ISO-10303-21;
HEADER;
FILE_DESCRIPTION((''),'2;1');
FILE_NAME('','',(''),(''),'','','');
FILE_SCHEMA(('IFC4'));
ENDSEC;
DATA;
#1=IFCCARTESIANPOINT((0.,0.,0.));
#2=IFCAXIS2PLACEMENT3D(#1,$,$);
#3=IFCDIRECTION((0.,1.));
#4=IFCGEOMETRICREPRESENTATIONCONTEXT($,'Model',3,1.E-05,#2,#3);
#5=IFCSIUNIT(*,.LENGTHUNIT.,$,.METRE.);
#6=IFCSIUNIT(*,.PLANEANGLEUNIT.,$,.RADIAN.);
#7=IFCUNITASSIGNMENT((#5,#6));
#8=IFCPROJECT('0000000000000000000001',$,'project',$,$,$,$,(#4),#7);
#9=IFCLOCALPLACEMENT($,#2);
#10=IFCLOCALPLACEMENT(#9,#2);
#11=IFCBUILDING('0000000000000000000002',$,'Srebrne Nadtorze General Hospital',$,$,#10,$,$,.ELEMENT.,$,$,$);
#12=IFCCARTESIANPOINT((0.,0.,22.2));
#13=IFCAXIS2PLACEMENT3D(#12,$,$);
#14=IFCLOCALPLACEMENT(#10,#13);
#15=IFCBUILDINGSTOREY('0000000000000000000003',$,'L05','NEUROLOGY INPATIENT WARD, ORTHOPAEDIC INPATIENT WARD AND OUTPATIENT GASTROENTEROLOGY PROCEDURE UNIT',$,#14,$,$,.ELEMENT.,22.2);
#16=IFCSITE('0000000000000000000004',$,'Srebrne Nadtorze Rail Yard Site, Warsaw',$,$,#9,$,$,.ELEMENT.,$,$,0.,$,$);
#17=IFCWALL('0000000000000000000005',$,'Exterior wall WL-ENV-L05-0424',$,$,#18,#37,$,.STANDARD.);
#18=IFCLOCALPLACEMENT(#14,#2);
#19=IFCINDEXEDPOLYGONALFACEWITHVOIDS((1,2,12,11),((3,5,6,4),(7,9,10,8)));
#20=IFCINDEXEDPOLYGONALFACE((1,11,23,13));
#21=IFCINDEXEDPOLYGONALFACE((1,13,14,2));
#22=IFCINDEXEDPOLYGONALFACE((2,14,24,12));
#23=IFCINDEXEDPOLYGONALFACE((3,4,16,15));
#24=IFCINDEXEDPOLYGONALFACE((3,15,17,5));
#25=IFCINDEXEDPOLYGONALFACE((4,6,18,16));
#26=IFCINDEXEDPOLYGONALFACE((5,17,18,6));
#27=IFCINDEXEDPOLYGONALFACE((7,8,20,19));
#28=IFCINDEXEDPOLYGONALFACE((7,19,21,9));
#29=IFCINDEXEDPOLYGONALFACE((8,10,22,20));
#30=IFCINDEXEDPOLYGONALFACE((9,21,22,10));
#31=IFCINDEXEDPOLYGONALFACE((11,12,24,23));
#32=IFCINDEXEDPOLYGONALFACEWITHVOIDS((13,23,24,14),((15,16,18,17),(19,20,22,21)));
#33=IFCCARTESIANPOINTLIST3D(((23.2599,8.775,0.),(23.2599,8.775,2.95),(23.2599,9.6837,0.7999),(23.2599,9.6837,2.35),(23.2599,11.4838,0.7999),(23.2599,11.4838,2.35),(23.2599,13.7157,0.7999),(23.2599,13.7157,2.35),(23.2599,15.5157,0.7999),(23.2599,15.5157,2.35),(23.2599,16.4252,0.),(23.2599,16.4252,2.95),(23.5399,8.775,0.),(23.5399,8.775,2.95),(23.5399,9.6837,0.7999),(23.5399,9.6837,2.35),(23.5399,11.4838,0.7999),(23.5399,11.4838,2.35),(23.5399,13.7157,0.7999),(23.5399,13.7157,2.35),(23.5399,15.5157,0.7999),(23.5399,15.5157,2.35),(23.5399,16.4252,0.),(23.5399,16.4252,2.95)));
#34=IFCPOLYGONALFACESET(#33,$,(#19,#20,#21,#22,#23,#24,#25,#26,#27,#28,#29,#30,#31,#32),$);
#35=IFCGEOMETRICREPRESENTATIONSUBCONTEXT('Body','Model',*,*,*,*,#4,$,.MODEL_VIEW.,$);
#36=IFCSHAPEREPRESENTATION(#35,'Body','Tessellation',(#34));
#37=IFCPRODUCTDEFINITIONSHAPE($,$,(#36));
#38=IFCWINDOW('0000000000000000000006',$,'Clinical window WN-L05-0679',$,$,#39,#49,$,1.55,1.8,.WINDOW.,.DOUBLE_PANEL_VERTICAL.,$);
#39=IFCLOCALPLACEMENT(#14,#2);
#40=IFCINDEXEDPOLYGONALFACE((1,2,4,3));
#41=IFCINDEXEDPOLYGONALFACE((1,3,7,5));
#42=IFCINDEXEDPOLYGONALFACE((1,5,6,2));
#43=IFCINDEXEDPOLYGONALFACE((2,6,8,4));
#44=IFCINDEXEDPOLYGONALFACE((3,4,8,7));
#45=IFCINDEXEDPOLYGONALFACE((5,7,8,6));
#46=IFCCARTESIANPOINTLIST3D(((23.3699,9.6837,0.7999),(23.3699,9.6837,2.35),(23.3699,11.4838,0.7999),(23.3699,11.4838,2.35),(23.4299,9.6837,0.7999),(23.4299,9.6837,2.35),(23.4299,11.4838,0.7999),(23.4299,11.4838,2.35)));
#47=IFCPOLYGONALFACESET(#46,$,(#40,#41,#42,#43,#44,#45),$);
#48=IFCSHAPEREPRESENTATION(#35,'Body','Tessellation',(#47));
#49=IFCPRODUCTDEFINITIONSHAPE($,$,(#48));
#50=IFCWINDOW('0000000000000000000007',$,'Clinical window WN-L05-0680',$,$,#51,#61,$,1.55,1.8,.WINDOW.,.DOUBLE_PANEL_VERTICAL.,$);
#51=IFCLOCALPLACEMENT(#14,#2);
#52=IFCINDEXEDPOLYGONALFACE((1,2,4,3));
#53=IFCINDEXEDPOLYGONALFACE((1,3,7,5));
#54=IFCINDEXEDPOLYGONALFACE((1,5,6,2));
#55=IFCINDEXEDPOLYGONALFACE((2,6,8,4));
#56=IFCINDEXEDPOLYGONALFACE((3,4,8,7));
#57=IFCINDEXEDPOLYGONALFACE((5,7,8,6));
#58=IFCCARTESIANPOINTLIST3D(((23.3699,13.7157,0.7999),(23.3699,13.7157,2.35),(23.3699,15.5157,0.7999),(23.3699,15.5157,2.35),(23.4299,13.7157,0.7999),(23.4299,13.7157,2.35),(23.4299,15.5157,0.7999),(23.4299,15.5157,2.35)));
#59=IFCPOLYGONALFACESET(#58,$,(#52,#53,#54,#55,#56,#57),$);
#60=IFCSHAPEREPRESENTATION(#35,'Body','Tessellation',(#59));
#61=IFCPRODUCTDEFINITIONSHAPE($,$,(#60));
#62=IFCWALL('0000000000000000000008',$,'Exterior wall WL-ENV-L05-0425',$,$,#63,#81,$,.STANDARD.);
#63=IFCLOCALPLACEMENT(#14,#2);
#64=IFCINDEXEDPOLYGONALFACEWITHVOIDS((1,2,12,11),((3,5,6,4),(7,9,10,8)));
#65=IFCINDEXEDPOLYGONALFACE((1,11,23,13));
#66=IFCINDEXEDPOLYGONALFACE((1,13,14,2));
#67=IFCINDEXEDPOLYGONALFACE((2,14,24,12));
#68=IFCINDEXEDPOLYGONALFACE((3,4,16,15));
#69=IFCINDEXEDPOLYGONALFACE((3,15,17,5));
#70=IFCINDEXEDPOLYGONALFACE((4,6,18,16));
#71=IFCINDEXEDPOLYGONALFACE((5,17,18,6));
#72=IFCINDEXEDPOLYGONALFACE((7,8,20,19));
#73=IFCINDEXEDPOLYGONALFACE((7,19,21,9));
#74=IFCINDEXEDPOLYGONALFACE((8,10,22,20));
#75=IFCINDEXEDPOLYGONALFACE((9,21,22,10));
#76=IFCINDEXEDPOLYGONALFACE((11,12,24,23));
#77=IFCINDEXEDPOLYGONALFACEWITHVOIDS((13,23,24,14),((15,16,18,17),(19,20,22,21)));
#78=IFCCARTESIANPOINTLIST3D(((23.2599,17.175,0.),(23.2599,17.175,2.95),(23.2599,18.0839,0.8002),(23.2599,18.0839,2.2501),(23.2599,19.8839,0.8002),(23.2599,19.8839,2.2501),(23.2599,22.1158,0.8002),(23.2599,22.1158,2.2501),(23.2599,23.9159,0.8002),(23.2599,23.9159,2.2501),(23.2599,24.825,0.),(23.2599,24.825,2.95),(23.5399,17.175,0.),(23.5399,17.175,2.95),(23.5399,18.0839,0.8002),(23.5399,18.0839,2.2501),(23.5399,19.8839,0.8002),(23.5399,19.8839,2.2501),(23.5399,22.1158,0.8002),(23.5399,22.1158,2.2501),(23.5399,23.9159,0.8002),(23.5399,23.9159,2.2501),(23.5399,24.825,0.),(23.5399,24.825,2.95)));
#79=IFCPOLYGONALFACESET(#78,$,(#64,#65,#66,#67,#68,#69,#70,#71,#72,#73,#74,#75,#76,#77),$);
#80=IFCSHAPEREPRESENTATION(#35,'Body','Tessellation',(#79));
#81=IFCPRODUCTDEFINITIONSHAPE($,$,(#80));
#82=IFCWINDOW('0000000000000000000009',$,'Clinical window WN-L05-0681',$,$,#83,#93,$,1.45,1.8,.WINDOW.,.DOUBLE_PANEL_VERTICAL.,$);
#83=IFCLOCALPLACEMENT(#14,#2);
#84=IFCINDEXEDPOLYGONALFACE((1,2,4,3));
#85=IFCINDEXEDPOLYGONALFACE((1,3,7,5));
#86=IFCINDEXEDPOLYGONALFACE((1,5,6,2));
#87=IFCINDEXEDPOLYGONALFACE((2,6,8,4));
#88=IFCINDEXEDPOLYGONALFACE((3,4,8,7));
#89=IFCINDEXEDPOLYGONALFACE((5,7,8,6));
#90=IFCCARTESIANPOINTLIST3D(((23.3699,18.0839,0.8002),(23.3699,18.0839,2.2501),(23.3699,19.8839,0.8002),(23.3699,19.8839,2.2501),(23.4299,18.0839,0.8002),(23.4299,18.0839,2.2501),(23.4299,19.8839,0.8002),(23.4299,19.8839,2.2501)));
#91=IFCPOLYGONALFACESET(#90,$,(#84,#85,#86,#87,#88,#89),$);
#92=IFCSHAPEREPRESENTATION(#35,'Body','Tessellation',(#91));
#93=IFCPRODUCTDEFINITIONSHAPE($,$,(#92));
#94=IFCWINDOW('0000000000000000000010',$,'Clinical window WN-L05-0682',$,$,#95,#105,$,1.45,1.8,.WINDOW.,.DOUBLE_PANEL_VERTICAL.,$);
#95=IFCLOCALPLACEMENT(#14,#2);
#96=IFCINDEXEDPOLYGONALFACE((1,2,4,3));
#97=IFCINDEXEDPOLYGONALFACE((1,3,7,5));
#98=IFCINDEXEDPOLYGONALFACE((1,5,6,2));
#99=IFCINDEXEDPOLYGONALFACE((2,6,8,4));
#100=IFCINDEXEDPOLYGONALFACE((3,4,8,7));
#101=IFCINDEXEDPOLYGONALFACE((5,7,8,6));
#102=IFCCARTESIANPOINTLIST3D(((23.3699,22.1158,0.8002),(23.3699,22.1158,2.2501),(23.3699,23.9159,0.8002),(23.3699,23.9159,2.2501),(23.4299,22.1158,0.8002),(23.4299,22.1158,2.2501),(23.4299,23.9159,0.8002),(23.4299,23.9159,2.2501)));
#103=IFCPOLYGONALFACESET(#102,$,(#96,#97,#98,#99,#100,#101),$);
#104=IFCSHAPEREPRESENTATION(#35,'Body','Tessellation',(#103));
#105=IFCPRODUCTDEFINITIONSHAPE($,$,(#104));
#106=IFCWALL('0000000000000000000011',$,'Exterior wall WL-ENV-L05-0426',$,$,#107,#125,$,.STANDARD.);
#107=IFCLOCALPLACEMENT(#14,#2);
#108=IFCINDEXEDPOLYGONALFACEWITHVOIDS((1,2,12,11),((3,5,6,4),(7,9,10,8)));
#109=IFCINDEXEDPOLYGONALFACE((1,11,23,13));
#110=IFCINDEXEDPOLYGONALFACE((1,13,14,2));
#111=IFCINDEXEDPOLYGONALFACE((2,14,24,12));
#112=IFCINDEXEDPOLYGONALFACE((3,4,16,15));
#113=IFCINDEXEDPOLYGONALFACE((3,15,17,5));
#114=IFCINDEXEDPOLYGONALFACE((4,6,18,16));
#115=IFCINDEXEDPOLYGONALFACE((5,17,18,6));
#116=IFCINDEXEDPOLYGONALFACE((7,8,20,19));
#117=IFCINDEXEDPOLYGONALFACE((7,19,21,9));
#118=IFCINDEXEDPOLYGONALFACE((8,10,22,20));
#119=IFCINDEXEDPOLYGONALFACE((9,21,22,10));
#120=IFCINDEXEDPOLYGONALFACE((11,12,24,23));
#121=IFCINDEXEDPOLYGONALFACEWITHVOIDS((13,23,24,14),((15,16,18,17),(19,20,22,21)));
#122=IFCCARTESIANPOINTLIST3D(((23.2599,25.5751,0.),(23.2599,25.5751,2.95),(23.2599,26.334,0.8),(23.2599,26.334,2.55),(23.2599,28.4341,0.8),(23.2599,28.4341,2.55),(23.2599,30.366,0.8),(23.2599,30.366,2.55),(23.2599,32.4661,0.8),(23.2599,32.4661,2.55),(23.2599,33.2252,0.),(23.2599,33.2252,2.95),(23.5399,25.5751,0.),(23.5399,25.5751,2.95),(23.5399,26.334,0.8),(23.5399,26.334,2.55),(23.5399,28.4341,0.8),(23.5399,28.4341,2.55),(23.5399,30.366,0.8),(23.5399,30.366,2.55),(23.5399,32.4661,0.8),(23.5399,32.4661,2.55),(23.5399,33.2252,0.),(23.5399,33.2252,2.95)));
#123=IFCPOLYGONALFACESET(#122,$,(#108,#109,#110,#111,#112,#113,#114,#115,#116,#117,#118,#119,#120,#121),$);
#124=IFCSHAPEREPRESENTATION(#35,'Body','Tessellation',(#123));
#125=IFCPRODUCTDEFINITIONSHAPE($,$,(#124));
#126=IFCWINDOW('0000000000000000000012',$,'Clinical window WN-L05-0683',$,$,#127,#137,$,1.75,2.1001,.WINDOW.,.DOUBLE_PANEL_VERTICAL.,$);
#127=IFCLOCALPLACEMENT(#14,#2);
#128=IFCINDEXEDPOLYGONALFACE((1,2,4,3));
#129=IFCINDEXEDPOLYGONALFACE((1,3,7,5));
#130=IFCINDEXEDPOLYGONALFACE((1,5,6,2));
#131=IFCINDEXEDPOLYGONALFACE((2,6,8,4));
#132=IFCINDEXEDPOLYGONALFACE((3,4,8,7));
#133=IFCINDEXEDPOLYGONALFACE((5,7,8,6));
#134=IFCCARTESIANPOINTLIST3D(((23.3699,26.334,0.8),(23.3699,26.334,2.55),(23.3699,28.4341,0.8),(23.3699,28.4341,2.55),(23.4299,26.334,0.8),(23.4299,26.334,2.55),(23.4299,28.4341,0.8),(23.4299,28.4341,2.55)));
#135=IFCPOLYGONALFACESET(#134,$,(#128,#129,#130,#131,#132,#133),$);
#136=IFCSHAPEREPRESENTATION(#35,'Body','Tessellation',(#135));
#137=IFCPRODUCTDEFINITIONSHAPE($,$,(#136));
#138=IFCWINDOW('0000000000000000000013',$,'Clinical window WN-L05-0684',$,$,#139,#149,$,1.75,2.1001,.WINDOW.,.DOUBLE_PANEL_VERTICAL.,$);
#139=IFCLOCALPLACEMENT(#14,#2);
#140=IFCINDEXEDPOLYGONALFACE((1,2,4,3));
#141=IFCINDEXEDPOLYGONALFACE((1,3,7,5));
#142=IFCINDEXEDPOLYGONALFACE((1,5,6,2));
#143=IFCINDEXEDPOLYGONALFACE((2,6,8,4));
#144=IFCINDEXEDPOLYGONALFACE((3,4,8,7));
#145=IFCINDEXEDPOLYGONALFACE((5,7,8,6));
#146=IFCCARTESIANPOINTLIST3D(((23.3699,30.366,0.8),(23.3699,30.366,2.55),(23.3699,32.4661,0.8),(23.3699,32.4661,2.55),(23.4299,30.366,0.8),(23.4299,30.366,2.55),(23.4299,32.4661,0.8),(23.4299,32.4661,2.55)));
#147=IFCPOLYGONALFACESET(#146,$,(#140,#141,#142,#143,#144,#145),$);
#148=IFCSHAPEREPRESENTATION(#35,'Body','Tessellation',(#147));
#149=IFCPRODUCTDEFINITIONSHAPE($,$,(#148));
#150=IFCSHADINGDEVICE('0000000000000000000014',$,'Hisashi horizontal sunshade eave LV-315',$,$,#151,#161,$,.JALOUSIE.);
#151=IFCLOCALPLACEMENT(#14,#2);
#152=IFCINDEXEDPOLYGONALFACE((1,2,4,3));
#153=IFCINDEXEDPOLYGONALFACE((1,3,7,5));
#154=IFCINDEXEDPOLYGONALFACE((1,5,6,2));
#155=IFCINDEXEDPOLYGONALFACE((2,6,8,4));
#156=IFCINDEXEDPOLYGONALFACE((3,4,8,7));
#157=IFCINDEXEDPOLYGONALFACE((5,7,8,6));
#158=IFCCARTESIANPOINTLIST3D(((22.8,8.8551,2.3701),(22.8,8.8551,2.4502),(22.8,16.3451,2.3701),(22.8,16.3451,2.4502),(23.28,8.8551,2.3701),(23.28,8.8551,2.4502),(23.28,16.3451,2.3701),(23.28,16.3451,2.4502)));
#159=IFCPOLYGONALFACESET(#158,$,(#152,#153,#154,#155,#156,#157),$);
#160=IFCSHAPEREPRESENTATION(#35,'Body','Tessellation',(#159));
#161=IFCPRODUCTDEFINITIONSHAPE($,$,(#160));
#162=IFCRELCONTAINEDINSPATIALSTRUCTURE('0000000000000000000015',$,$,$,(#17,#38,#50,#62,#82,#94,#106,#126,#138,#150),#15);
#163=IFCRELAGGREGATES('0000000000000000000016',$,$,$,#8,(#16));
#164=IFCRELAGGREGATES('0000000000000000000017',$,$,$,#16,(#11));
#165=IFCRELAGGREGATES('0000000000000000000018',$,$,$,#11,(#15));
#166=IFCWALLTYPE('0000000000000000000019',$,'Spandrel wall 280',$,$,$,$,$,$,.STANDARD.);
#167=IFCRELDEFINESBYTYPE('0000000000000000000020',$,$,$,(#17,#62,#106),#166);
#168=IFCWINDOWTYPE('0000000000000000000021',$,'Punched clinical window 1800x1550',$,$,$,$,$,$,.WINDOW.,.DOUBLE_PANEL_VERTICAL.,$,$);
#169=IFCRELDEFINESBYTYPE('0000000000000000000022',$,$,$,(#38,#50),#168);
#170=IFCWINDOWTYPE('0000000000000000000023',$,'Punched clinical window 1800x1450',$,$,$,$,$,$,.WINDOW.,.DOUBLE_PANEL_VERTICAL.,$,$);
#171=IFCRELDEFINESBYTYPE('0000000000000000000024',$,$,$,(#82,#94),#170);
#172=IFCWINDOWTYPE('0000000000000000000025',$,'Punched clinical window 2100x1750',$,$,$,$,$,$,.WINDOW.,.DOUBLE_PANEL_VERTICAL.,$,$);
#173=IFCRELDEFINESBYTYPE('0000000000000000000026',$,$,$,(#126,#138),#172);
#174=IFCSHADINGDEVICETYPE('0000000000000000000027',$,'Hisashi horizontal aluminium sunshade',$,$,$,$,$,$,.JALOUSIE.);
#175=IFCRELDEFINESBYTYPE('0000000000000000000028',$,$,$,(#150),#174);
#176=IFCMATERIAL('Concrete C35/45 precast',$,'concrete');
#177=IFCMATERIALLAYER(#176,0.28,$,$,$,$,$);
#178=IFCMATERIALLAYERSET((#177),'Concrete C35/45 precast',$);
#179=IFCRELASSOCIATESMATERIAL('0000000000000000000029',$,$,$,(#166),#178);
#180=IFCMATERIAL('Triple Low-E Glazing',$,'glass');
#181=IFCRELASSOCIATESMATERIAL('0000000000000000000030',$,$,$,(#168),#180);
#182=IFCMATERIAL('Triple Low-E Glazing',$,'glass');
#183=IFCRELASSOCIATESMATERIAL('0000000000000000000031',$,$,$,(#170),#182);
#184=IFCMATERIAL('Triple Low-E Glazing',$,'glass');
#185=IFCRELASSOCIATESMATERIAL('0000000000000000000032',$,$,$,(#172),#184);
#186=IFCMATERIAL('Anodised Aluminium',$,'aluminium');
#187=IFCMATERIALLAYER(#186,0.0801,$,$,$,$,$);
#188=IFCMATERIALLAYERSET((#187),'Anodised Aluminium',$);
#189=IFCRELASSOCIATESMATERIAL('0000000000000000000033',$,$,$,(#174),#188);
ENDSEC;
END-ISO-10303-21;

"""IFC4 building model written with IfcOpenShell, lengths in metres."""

from ifc_helpers import new_model, si_unit, direction, frame, frame_2d, origin, origin_2d, place, context, subcontext, project, spatial, rectangle, extrude, material, layer, layer_set, type_object, element, fill, save


model = new_model("IFC4")

# Units and contexts
model_context = context("Model", 3, precision=1e-05, world=origin(), true_north=direction((0.0, 1.0)))
body_context = subcontext(model_context, "Body", "Model", "MODEL_VIEW")
ifc_project = project(units=[si_unit("LENGTHUNIT", "METRE"), si_unit("PLANEANGLEUNIT", "RADIAN")], contexts=[model_context])

# Site, building, storey
site_placement = place(None, origin())
site = spatial("IfcSite", under=ifc_project, at=site_placement, Name="Srebrne Nadtorze Rail Yard Site, Warsaw", CompositionType="ELEMENT", RefElevation=0.0)
building_placement = place(site_placement, origin())
building = spatial("IfcBuilding", under=site, at=building_placement, Name="Srebrne Nadtorze General Hospital", CompositionType="ELEMENT")
storey_placement = place(building_placement, frame((0.0, 0.0, 22.2)))
storey = spatial("IfcBuildingStorey", under=building, at=storey_placement, Name="L05", Description="NEUROLOGY INPATIENT WARD, ORTHOPAEDIC INPATIENT WARD AND OUTPATIENT GASTROENTEROLOGY PROCEDURE UNIT", CompositionType="ELEMENT", Elevation=22.2)

# Walls, openings, windows
ifc_material_1 = material(Name="Concrete C35/45 precast", Category="concrete")
ifc_layer_1 = layer(ifc_material_1, 0.28)
ifc_layer_set_1 = layer_set([ifc_layer_1], Name="Concrete C35/45 precast")
wall_type_1 = type_object("IfcWallType", Name="Spandrel wall 280", PredefinedType="STANDARD", material=ifc_layer_set_1)
wall_1_placement = place(storey_placement, frame((23.3999, 8.7749, 0.0), z_axis=(0.0, 0.0, 1.0), x_axis=(0.0, 1.0, 0.0)))
wall_1 = element("IfcWall", 1, at=wall_1_placement, inside=storey, type_object=wall_type_1, Name="Exterior wall WL-ENV-L05-0424", PredefinedType="STANDARD", context=body_context, shape_type="SweptSolid", body=[
    extrude(rectangle(XDim=7.6501, YDim=0.28, at=frame_2d((3.8252, 0.0))), origin(), (0.0, 0.0, 1.0), 2.95),
])
opening_1_placement = place(wall_1_placement, frame((0.9089, 0.0, 0.8)))
opening_1 = element("IfcOpeningElement", 2, at=opening_1_placement, cuts=wall_1, PredefinedType="OPENING", context=body_context, shape_type="SweptSolid", body=[
    extrude(rectangle(XDim=1.8, YDim=1.55, at=frame_2d((0.8999, 0.7749))), frame((0.0, 0.1519, 0.0), z_axis=(0.0, -1.0, 0.0), x_axis=(1.0, 0.0, 0.0)), (0.0, 0.0, 1.0), 0.304),
])
opening_2_placement = place(wall_1_placement, frame((4.9409, 0.0, 0.8)))
opening_2 = element("IfcOpeningElement", 3, at=opening_2_placement, cuts=wall_1, PredefinedType="OPENING", context=body_context, shape_type="SweptSolid", body=[
    extrude(rectangle(XDim=1.8, YDim=1.55, at=frame_2d((0.8999, 0.7749))), frame((0.0, 0.1519, 0.0), z_axis=(0.0, -1.0, 0.0), x_axis=(1.0, 0.0, 0.0)), (0.0, 0.0, 1.0), 0.304),
])
ifc_material_2 = material(Name="Triple Low-E Glazing", Category="glass")
window_type_1 = type_object("IfcWindowType", Name="Punched clinical window 1800x1550", PartitioningType="DOUBLE_PANEL_VERTICAL", PredefinedType="WINDOW", material=ifc_material_2)
window_1_placement = place(opening_1_placement, origin())
window_1 = element("IfcWindow", 4, at=window_1_placement, inside=storey, type_object=window_type_1, Name="Clinical window WN-L05-0679", OverallHeight=1.55, OverallWidth=1.8, PartitioningType="DOUBLE_PANEL_VERTICAL", PredefinedType="WINDOW", context=body_context, shape_type="SweptSolid", body=[
    extrude(rectangle(XDim=1.8, YDim=1.55, at=frame_2d((0.8999, 0.7749))), frame((0.0, 0.03, 0.0), z_axis=(0.0, -1.0, 0.0), x_axis=(1.0, 0.0, 0.0)), (0.0, 0.0, 1.0), 0.0601),
])
fill(opening_1, window_1)
window_2_placement = place(opening_2_placement, origin())
window_2 = element("IfcWindow", 5, at=window_2_placement, inside=storey, type_object=window_type_1, Name="Clinical window WN-L05-0680", OverallHeight=1.55, OverallWidth=1.8, PartitioningType="DOUBLE_PANEL_VERTICAL", PredefinedType="WINDOW", context=body_context, shape_type="SweptSolid", body=[
    extrude(rectangle(XDim=1.8, YDim=1.55, at=frame_2d((0.8999, 0.7749))), frame((0.0, 0.03, 0.0), z_axis=(0.0, -1.0, 0.0), x_axis=(1.0, 0.0, 0.0)), (0.0, 0.0, 1.0), 0.0601),
])
fill(opening_2, window_2)
wall_2_placement = place(storey_placement, frame((23.3999, 17.175, 0.0), z_axis=(0.0, 0.0, 1.0), x_axis=(0.0, 1.0, 0.0)))
wall_2 = element("IfcWall", 6, at=wall_2_placement, inside=storey, type_object=wall_type_1, Name="Exterior wall WL-ENV-L05-0425", PredefinedType="STANDARD", context=body_context, shape_type="SweptSolid", body=[
    extrude(rectangle(XDim=7.6499, YDim=0.28, at=frame_2d((3.825, 0.0))), origin(), (0.0, 0.0, 1.0), 2.95),
])
opening_3_placement = place(wall_2_placement, frame((0.9089, 0.0, 0.8)))
opening_3 = element("IfcOpeningElement", 7, at=opening_3_placement, cuts=wall_2, PredefinedType="OPENING", context=body_context, shape_type="SweptSolid", body=[
    extrude(rectangle(XDim=1.8, YDim=1.45, at=frame_2d((0.8999, 0.7251))), frame((0.0, 0.1519, 0.0), z_axis=(0.0, -1.0, 0.0), x_axis=(1.0, 0.0, 0.0)), (0.0, 0.0, 1.0), 0.304),
])
opening_4_placement = place(wall_2_placement, frame((4.9409, 0.0, 0.8)))
opening_4 = element("IfcOpeningElement", 8, at=opening_4_placement, cuts=wall_2, PredefinedType="OPENING", context=body_context, shape_type="SweptSolid", body=[
    extrude(rectangle(XDim=1.8, YDim=1.45, at=frame_2d((0.8999, 0.7251))), frame((0.0, 0.1519, 0.0), z_axis=(0.0, -1.0, 0.0), x_axis=(1.0, 0.0, 0.0)), (0.0, 0.0, 1.0), 0.304),
])
ifc_material_3 = material(Name="Triple Low-E Glazing", Category="glass")
window_type_2 = type_object("IfcWindowType", Name="Punched clinical window 1800x1450", PartitioningType="DOUBLE_PANEL_VERTICAL", PredefinedType="WINDOW", material=ifc_material_3)
window_3_placement = place(opening_3_placement, origin())
window_3 = element("IfcWindow", 9, at=window_3_placement, inside=storey, type_object=window_type_2, Name="Clinical window WN-L05-0681", OverallHeight=1.45, OverallWidth=1.8, PartitioningType="DOUBLE_PANEL_VERTICAL", PredefinedType="WINDOW", context=body_context, shape_type="SweptSolid", body=[
    extrude(rectangle(XDim=1.8, YDim=1.45, at=frame_2d((0.8999, 0.7251))), frame((0.0, 0.03, 0.0), z_axis=(0.0, -1.0, 0.0), x_axis=(1.0, 0.0, 0.0)), (0.0, 0.0, 1.0), 0.0601),
])
fill(opening_3, window_3)
window_4_placement = place(opening_4_placement, origin())
window_4 = element("IfcWindow", 10, at=window_4_placement, inside=storey, type_object=window_type_2, Name="Clinical window WN-L05-0682", OverallHeight=1.45, OverallWidth=1.8, PartitioningType="DOUBLE_PANEL_VERTICAL", PredefinedType="WINDOW", context=body_context, shape_type="SweptSolid", body=[
    extrude(rectangle(XDim=1.8, YDim=1.45, at=frame_2d((0.8999, 0.7251))), frame((0.0, 0.03, 0.0), z_axis=(0.0, -1.0, 0.0), x_axis=(1.0, 0.0, 0.0)), (0.0, 0.0, 1.0), 0.0601),
])
fill(opening_4, window_4)
wall_3_placement = place(storey_placement, frame((23.3999, 25.575, 0.0), z_axis=(0.0, 0.0, 1.0), x_axis=(0.0, 1.0, 0.0)))
wall_3 = element("IfcWall", 11, at=wall_3_placement, inside=storey, type_object=wall_type_1, Name="Exterior wall WL-ENV-L05-0426", PredefinedType="STANDARD", context=body_context, shape_type="SweptSolid", body=[
    extrude(rectangle(XDim=7.6501, YDim=0.28, at=frame_2d((3.8252, 0.0))), origin(), (0.0, 0.0, 1.0), 2.95),
])
opening_5_placement = place(wall_3_placement, frame((0.759, 0.0, 0.8)))
opening_5 = element("IfcOpeningElement", 12, at=opening_5_placement, cuts=wall_3, PredefinedType="OPENING", context=body_context, shape_type="SweptSolid", body=[
    extrude(rectangle(XDim=2.1001, YDim=1.75, at=frame_2d((1.05, 0.875))), frame((0.0, 0.1519, 0.0), z_axis=(0.0, -1.0, 0.0), x_axis=(1.0, 0.0, 0.0)), (0.0, 0.0, 1.0), 0.304),
])
opening_6_placement = place(wall_3_placement, frame((4.791, 0.0, 0.8)))
opening_6 = element("IfcOpeningElement", 13, at=opening_6_placement, cuts=wall_3, PredefinedType="OPENING", context=body_context, shape_type="SweptSolid", body=[
    extrude(rectangle(XDim=2.1001, YDim=1.75, at=frame_2d((1.05, 0.875))), frame((0.0, 0.1519, 0.0), z_axis=(0.0, -1.0, 0.0), x_axis=(1.0, 0.0, 0.0)), (0.0, 0.0, 1.0), 0.304),
])
ifc_material_4 = material(Name="Triple Low-E Glazing", Category="glass")
window_type_3 = type_object("IfcWindowType", Name="Punched clinical window 2100x1750", PartitioningType="DOUBLE_PANEL_VERTICAL", PredefinedType="WINDOW", material=ifc_material_4)
window_5_placement = place(opening_5_placement, origin())
window_5 = element("IfcWindow", 14, at=window_5_placement, inside=storey, type_object=window_type_3, Name="Clinical window WN-L05-0683", OverallHeight=1.75, OverallWidth=2.1001, PartitioningType="DOUBLE_PANEL_VERTICAL", PredefinedType="WINDOW", context=body_context, shape_type="SweptSolid", body=[
    extrude(rectangle(XDim=2.1001, YDim=1.75, at=frame_2d((1.05, 0.875))), frame((0.0, 0.03, 0.0), z_axis=(0.0, -1.0, 0.0), x_axis=(1.0, 0.0, 0.0)), (0.0, 0.0, 1.0), 0.0601),
])
fill(opening_5, window_5)
window_6_placement = place(opening_6_placement, origin())
window_6 = element("IfcWindow", 15, at=window_6_placement, inside=storey, type_object=window_type_3, Name="Clinical window WN-L05-0684", OverallHeight=1.75, OverallWidth=2.1001, PartitioningType="DOUBLE_PANEL_VERTICAL", PredefinedType="WINDOW", context=body_context, shape_type="SweptSolid", body=[
    extrude(rectangle(XDim=2.1001, YDim=1.75, at=frame_2d((1.05, 0.875))), frame((0.0, 0.03, 0.0), z_axis=(0.0, -1.0, 0.0), x_axis=(1.0, 0.0, 0.0)), (0.0, 0.0, 1.0), 0.0601),
])
fill(opening_6, window_6)

# Shading device
ifc_material_5 = material(Name="Anodised Aluminium", Category="aluminium")
ifc_layer_2 = layer(ifc_material_5, 0.0801)
ifc_layer_set_2 = layer_set([ifc_layer_2], Name="Anodised Aluminium")
shading_device_type = type_object("IfcShadingDeviceType", Name="Hisashi horizontal aluminium sunshade", PredefinedType="JALOUSIE", material=ifc_layer_set_2)
for number, where, z_axis, x_axis, name in (
    (16, (23.04, 12.6001, 2.3701), (0.0, 0.0, 1.0), (1.0, 0.0, 0.0), "Hisashi horizontal sunshade eave LV-315"),
):
    element("IfcShadingDevice", number, at=place(storey_placement, frame(where, z_axis=z_axis, x_axis=x_axis)), inside=storey, type_object=shading_device_type, Name=name, PredefinedType="JALOUSIE", context=body_context, shape_type="SweptSolid", body=[
        extrude(rectangle(XDim=0.48, YDim=7.49, at=origin_2d()), origin(), (0.0, 0.0, 1.0), 0.0801),
    ])

save(model, "model.ifc")
